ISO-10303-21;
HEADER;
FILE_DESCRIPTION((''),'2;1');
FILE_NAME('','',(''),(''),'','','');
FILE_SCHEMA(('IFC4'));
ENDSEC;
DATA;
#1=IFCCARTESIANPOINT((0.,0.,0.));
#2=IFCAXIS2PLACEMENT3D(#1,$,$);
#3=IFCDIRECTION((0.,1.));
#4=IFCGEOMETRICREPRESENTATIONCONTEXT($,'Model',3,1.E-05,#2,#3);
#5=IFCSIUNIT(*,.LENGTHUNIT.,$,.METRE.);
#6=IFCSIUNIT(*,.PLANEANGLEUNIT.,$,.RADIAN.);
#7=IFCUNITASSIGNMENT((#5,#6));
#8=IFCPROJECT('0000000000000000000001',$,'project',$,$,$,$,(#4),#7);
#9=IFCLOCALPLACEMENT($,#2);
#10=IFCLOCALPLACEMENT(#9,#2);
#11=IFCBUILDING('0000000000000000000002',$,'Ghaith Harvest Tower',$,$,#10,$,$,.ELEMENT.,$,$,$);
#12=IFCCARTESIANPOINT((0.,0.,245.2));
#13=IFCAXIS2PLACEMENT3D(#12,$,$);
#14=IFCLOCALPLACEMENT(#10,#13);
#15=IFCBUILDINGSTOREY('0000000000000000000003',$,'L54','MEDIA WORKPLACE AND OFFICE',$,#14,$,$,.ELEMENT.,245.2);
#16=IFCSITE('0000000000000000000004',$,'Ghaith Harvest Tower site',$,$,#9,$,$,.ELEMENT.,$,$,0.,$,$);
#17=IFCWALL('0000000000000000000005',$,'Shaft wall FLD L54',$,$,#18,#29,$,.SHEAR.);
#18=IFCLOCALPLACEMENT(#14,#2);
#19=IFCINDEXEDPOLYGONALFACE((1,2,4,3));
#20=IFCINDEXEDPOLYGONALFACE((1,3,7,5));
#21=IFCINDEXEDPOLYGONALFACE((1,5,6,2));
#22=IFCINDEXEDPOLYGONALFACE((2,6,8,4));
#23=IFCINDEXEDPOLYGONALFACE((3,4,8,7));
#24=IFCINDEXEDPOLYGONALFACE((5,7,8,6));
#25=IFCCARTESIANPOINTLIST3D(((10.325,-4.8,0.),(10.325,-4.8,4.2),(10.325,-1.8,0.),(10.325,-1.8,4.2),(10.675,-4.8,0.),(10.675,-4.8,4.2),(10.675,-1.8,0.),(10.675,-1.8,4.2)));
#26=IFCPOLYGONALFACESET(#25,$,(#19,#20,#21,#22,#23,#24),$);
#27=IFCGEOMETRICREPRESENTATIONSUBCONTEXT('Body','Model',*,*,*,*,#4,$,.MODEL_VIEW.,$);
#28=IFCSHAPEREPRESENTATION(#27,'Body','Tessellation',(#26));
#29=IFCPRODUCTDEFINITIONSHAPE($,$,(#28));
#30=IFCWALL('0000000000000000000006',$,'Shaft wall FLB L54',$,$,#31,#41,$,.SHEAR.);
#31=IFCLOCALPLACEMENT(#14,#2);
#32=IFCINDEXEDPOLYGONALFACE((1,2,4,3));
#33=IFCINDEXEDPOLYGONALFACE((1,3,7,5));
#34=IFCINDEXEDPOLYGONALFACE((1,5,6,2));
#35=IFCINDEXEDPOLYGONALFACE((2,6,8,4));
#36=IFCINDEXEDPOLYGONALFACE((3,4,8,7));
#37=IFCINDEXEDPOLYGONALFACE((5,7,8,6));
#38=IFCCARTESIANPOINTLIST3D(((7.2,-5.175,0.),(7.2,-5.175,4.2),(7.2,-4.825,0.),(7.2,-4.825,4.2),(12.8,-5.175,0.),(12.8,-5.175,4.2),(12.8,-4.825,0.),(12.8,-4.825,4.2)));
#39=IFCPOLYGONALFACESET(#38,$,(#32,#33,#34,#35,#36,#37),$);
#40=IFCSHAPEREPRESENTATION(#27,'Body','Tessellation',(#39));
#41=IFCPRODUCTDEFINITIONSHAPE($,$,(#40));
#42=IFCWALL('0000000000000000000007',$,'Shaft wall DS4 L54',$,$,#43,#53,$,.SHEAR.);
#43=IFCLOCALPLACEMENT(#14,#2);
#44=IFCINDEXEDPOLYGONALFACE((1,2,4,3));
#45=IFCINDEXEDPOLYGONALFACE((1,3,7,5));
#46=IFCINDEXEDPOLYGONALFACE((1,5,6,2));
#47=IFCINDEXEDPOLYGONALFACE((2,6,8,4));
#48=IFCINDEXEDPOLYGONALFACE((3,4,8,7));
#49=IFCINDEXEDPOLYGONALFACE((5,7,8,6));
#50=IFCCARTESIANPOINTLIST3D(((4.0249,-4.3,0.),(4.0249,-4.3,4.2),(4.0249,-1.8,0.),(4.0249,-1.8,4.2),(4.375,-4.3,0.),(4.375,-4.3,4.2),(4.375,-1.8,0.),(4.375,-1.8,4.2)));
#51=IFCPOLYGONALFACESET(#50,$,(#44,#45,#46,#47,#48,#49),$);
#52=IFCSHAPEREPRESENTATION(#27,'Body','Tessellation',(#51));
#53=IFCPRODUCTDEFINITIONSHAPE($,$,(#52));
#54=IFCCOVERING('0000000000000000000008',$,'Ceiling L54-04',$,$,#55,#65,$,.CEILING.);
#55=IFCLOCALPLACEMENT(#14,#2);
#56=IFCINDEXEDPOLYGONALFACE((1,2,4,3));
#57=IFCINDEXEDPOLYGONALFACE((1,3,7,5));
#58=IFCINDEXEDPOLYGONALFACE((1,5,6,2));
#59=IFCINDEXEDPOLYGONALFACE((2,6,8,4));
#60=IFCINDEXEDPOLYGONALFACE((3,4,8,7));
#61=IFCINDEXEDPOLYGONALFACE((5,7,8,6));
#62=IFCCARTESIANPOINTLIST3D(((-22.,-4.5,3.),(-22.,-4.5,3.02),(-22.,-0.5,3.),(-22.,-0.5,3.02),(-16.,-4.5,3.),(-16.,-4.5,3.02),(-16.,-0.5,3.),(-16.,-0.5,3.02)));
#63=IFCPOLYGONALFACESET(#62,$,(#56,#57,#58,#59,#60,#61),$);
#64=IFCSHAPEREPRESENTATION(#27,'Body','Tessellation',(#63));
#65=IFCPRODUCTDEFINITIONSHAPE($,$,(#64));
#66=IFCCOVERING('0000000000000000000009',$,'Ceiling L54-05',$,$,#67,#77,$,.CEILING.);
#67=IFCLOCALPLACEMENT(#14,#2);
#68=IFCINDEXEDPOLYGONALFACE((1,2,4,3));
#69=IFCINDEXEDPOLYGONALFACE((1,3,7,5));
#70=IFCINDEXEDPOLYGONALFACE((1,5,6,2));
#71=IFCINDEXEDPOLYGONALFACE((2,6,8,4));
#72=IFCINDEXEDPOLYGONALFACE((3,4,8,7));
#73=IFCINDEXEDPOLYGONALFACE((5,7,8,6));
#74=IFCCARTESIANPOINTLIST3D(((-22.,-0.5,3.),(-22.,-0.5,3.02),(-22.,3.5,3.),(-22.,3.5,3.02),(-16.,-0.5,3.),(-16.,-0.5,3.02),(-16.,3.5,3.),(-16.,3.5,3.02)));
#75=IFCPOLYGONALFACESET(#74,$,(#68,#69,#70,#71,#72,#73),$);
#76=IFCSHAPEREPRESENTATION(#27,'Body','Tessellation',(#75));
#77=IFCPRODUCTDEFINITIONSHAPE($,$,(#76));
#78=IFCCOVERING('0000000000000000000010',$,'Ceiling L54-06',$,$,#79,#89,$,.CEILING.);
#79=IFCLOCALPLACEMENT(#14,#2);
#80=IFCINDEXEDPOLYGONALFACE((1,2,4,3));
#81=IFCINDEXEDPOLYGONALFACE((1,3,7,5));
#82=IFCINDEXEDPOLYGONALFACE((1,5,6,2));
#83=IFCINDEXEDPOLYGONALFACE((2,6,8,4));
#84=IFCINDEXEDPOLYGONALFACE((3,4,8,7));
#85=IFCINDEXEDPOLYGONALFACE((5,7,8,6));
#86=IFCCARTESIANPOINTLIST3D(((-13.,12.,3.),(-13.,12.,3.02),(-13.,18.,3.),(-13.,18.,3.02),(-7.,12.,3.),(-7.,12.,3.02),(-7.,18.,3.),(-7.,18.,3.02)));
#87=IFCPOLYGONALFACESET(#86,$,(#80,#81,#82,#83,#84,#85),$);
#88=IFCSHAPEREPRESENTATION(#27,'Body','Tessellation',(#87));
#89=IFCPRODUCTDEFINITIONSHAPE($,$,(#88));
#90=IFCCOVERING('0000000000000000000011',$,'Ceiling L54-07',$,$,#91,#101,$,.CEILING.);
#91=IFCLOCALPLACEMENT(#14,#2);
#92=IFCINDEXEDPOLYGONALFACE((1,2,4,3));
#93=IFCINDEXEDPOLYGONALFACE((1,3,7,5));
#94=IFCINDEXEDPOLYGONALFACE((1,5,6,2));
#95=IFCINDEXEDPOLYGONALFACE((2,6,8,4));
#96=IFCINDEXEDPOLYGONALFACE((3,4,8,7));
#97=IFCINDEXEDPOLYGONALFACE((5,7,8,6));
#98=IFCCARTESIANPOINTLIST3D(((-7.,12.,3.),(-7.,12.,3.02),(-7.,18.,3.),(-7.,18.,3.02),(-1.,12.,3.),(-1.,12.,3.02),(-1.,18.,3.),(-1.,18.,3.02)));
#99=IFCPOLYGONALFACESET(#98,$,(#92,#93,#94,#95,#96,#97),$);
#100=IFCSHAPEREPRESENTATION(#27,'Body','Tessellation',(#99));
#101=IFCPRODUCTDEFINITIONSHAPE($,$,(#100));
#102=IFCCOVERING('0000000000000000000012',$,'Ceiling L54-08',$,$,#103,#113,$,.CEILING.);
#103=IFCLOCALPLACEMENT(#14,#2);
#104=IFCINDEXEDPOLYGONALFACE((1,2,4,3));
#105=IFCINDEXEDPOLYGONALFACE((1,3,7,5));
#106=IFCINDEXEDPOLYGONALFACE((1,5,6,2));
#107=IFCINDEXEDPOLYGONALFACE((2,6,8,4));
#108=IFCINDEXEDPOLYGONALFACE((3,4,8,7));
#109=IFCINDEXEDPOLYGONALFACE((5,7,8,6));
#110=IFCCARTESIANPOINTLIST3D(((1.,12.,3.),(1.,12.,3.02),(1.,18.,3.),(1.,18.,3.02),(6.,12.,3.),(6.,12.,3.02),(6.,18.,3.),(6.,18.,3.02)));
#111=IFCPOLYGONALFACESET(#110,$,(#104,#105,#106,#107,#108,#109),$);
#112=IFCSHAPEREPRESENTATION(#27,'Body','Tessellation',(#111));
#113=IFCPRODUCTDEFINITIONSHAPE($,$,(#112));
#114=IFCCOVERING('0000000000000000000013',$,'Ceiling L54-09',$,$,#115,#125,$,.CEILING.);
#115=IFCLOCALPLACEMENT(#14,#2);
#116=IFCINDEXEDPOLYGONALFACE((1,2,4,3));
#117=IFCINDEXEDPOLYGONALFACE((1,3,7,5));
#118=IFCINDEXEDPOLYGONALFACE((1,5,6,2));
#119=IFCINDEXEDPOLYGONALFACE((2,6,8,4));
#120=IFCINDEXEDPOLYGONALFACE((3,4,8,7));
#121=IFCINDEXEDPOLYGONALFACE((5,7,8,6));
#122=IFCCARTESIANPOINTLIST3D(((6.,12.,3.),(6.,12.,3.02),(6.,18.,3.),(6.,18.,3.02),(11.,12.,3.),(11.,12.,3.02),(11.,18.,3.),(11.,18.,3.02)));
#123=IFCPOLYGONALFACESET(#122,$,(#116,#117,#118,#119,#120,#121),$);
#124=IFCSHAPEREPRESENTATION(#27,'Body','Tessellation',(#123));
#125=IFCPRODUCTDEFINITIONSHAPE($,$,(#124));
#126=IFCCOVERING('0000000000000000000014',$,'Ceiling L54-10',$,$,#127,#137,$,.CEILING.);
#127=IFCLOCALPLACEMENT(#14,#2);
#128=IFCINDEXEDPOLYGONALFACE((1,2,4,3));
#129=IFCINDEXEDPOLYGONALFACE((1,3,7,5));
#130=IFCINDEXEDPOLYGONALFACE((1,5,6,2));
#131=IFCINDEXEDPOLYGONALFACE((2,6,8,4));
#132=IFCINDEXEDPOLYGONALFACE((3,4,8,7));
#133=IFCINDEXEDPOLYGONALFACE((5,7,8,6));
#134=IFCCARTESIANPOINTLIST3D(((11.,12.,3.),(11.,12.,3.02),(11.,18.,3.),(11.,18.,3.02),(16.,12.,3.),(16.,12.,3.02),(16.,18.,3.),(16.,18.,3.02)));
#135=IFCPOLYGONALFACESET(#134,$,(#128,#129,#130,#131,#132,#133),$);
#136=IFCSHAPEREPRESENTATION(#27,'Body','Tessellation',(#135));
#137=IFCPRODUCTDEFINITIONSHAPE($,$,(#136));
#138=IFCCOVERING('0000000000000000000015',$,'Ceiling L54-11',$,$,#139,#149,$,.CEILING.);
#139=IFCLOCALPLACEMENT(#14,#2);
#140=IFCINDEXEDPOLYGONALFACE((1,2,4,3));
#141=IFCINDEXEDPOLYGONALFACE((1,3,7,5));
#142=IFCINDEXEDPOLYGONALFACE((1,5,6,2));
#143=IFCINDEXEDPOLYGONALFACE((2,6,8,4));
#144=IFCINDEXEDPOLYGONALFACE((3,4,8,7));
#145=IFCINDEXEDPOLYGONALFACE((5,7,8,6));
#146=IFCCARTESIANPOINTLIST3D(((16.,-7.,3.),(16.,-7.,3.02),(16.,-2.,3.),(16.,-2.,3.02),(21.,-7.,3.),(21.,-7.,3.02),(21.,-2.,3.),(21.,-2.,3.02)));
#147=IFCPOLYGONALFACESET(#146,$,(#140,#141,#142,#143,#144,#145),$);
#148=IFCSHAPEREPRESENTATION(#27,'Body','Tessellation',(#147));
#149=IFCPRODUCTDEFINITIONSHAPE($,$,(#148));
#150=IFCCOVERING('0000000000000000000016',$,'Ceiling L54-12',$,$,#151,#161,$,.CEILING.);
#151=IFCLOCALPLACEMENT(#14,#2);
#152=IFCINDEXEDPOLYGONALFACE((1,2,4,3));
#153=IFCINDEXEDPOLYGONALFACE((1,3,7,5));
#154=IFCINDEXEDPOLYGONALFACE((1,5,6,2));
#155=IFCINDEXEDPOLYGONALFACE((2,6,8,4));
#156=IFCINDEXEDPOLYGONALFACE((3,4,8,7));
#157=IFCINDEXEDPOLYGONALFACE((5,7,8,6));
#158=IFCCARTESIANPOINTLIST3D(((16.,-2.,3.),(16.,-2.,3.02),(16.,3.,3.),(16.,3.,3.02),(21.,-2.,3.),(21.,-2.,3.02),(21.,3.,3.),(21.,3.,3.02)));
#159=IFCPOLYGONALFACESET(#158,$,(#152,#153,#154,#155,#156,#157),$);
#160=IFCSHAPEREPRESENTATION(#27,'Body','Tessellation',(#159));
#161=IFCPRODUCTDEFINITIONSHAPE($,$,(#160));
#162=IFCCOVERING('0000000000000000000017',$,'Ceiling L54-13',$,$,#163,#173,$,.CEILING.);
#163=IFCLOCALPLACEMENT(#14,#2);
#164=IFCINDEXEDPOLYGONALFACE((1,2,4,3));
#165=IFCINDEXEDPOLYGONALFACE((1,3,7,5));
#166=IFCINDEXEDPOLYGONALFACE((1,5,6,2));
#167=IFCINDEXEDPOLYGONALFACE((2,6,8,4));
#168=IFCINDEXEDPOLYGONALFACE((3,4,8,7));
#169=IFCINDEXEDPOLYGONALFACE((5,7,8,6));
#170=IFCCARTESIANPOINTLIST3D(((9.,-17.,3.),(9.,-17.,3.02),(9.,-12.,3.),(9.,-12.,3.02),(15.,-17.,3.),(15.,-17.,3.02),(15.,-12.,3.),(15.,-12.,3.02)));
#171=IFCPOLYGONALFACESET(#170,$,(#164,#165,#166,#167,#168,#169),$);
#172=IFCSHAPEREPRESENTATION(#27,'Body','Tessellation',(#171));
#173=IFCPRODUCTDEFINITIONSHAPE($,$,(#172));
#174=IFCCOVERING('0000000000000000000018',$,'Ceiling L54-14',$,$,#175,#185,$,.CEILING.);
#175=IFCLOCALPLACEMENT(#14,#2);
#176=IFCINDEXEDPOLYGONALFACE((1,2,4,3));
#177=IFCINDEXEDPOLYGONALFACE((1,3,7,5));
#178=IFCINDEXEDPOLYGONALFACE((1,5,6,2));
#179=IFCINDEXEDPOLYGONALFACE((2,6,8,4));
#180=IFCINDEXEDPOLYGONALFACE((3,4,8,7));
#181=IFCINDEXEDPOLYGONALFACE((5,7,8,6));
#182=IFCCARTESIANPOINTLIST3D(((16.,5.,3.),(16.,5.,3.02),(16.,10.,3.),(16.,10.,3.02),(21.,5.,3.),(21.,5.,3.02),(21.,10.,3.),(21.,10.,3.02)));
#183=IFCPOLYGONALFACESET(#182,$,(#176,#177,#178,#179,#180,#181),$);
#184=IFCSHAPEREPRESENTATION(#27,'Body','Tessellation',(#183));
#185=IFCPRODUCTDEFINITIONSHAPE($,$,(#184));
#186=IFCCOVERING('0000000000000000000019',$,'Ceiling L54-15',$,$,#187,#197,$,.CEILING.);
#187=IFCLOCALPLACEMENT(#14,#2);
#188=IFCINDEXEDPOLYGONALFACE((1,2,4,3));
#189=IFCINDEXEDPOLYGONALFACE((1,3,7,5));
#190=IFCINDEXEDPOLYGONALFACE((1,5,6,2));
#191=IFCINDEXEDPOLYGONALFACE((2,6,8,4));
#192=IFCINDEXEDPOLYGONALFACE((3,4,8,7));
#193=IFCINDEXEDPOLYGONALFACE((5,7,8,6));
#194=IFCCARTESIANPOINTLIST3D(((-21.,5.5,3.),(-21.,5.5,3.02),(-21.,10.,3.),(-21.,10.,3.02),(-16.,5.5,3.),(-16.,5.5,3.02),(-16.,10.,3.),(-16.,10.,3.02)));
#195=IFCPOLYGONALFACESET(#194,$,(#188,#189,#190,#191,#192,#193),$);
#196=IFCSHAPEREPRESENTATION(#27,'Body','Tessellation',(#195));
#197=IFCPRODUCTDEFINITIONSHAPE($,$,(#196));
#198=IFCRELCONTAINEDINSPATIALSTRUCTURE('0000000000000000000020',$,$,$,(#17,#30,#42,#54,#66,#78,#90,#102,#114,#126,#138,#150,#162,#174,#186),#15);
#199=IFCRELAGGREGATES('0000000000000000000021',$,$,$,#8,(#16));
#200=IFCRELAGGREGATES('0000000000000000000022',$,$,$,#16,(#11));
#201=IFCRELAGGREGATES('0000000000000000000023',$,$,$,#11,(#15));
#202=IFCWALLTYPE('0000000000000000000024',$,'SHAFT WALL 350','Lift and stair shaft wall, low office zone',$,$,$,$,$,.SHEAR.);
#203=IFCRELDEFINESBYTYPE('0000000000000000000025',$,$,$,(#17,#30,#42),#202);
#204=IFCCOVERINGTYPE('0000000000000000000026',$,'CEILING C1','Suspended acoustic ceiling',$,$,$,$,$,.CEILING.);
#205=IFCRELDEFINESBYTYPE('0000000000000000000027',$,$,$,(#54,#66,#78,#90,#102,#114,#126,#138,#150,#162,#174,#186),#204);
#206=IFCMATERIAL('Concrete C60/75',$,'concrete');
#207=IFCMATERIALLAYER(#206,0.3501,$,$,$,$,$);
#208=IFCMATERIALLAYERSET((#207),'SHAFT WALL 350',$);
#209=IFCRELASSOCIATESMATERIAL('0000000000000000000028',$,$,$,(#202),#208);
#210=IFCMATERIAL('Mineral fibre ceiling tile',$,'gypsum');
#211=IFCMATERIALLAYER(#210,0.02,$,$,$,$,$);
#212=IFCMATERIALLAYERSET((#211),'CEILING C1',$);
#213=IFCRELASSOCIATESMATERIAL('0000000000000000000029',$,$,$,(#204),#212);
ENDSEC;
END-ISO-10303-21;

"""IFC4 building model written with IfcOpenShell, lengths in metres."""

from ifc_helpers import new_model, si_unit, direction, frame, frame_2d, origin, place, context, subcontext, project, spatial, polyline, rectangle, outline, extrude, material, layer, layer_set, type_object, element, save


model = new_model("IFC4")

# Units and contexts
model_context = context("Model", 3, precision=1e-05, world=origin(), true_north=direction((0.0, 1.0)))
body_context = subcontext(model_context, "Body", "Model", "MODEL_VIEW")
ifc_project = project(units=[si_unit("LENGTHUNIT", "METRE"), si_unit("PLANEANGLEUNIT", "RADIAN")], contexts=[model_context])

# Site, building, storey
site_placement = place(None, origin())
site = spatial("IfcSite", under=ifc_project, at=site_placement, Name="Ghaith Harvest Tower site", CompositionType="ELEMENT", RefElevation=0.0)
building_placement = place(site_placement, origin())
building = spatial("IfcBuilding", under=site, at=building_placement, Name="Ghaith Harvest Tower", CompositionType="ELEMENT")
storey_placement = place(building_placement, frame((0.0, 0.0, 245.2)))
storey = spatial("IfcBuildingStorey", under=building, at=storey_placement, Name="L54", Description="MEDIA WORKPLACE AND OFFICE", CompositionType="ELEMENT", Elevation=245.2)

# Shared definitions
ifc_material_1 = material(Name="Concrete C60/75", Category="concrete")
ifc_layer_1 = layer(ifc_material_1, 0.3501)
ifc_layer_set_1 = layer_set([ifc_layer_1], Name="SHAFT WALL 350")
wall_type_1 = type_object("IfcWallType", Name="SHAFT WALL 350", Description="Lift and stair shaft wall, low office zone", PredefinedType="SHEAR", material=ifc_layer_set_1)

# Walls
wall_1_placement = place(storey_placement, frame((10.5, -4.8, 0.0), z_axis=(0.0, 0.0, 1.0), x_axis=(0.0, 1.0, 0.0)))
element("IfcWall", 1, at=wall_1_placement, inside=storey, type_object=wall_type_1, Name="Shaft wall FLD L54", PredefinedType="SHEAR", context=body_context, shape_type="SweptSolid", body=[
    extrude(rectangle(XDim=3.0, YDim=0.3501, at=frame_2d((1.5, 0.0))), origin(), (0.0, 0.0, 1.0), 4.2),
])
wall_2_placement = place(storey_placement, frame((7.2, -5.0, 0.0), z_axis=(0.0, 0.0, 1.0), x_axis=(1.0, 0.0, 0.0)))
element("IfcWall", 2, at=wall_2_placement, inside=storey, type_object=wall_type_1, Name="Shaft wall FLB L54", PredefinedType="SHEAR", context=body_context, shape_type="SweptSolid", body=[
    extrude(rectangle(XDim=5.6001, YDim=0.3501, at=frame_2d((2.8, 0.0))), origin(), (0.0, 0.0, 1.0), 4.2),
])
wall_3_placement = place(storey_placement, frame((4.2, -4.3, 0.0), z_axis=(0.0, 0.0, 1.0), x_axis=(0.0, 1.0, 0.0)))
element("IfcWall", 3, at=wall_3_placement, inside=storey, type_object=wall_type_1, Name="Shaft wall DS4 L54", PredefinedType="SHEAR", context=body_context, shape_type="SweptSolid", body=[
    extrude(rectangle(XDim=2.5, YDim=0.3501, at=frame_2d((1.25, 0.0))), origin(), (0.0, 0.0, 1.0), 4.2),
])

# Coverings
ifc_material_2 = material(Name="Mineral fibre ceiling tile", Category="gypsum")
ifc_layer_2 = layer(ifc_material_2, 0.02)
ifc_layer_set_2 = layer_set([ifc_layer_2], Name="CEILING C1")
covering_type = type_object("IfcCoveringType", Name="CEILING C1", Description="Suspended acoustic ceiling", PredefinedType="CEILING", material=ifc_layer_set_2)
covering_1_placement = place(storey_placement, frame((0.0, 0.0, 3.0)))
element("IfcCovering", 4, at=covering_1_placement, inside=storey, type_object=covering_type, Name="Ceiling L54-04", PredefinedType="CEILING", context=body_context, shape_type="SweptSolid", body=[
    extrude(outline(polyline([(-22.0, -4.5), (-16.0, -4.5), (-16.0, -0.5), (-22.0, -0.5), (-22.0, -4.5)])), origin(), (0.0, 0.0, 1.0), 0.02),
])
covering_2_placement = place(storey_placement, frame((0.0, 0.0, 3.0)))
element("IfcCovering", 5, at=covering_2_placement, inside=storey, type_object=covering_type, Name="Ceiling L54-05", PredefinedType="CEILING", context=body_context, shape_type="SweptSolid", body=[
    extrude(outline(polyline([(-22.0, -0.5), (-16.0, -0.5), (-16.0, 3.5), (-22.0, 3.5), (-22.0, -0.5)])), origin(), (0.0, 0.0, 1.0), 0.02),
])
covering_3_placement = place(storey_placement, frame((0.0, 0.0, 3.0)))
element("IfcCovering", 6, at=covering_3_placement, inside=storey, type_object=covering_type, Name="Ceiling L54-06", PredefinedType="CEILING", context=body_context, shape_type="SweptSolid", body=[
    extrude(outline(polyline([(-13.0, 12.0), (-7.0, 12.0), (-7.0, 18.0), (-13.0, 18.0), (-13.0, 12.0)])), origin(), (0.0, 0.0, 1.0), 0.02),
])
covering_4_placement = place(storey_placement, frame((0.0, 0.0, 3.0)))
element("IfcCovering", 7, at=covering_4_placement, inside=storey, type_object=covering_type, Name="Ceiling L54-07", PredefinedType="CEILING", context=body_context, shape_type="SweptSolid", body=[
    extrude(outline(polyline([(-7.0, 12.0), (-1.0, 12.0), (-1.0, 18.0), (-7.0, 18.0), (-7.0, 12.0)])), origin(), (0.0, 0.0, 1.0), 0.02),
])
covering_5_placement = place(storey_placement, frame((0.0, 0.0, 3.0)))
element("IfcCovering", 8, at=covering_5_placement, inside=storey, type_object=covering_type, Name="Ceiling L54-08", PredefinedType="CEILING", context=body_context, shape_type="SweptSolid", body=[
    extrude(outline(polyline([(1.0, 12.0), (6.0, 12.0), (6.0, 18.0), (1.0, 18.0), (1.0, 12.0)])), origin(), (0.0, 0.0, 1.0), 0.02),
])
covering_6_placement = place(storey_placement, frame((0.0, 0.0, 3.0)))
element("IfcCovering", 9, at=covering_6_placement, inside=storey, type_object=covering_type, Name="Ceiling L54-09", PredefinedType="CEILING", context=body_context, shape_type="SweptSolid", body=[
    extrude(outline(polyline([(6.0, 12.0), (11.0, 12.0), (11.0, 18.0), (6.0, 18.0), (6.0, 12.0)])), origin(), (0.0, 0.0, 1.0), 0.02),
])
covering_7_placement = place(storey_placement, frame((0.0, 0.0, 3.0)))
element("IfcCovering", 10, at=covering_7_placement, inside=storey, type_object=covering_type, Name="Ceiling L54-10", PredefinedType="CEILING", context=body_context, shape_type="SweptSolid", body=[
    extrude(outline(polyline([(11.0, 12.0), (16.0, 12.0), (16.0, 18.0), (11.0, 18.0), (11.0, 12.0)])), origin(), (0.0, 0.0, 1.0), 0.02),
])
covering_8_placement = place(storey_placement, frame((0.0, 0.0, 3.0)))
element("IfcCovering", 11, at=covering_8_placement, inside=storey, type_object=covering_type, Name="Ceiling L54-11", PredefinedType="CEILING", context=body_context, shape_type="SweptSolid", body=[
    extrude(outline(polyline([(16.0, -7.0), (21.0, -7.0), (21.0, -2.0), (16.0, -2.0), (16.0, -7.0)])), origin(), (0.0, 0.0, 1.0), 0.02),
])
covering_9_placement = place(storey_placement, frame((0.0, 0.0, 3.0)))
element("IfcCovering", 12, at=covering_9_placement, inside=storey, type_object=covering_type, Name="Ceiling L54-12", PredefinedType="CEILING", context=body_context, shape_type="SweptSolid", body=[
    extrude(outline(polyline([(16.0, -2.0), (21.0, -2.0), (21.0, 3.0), (16.0, 3.0), (16.0, -2.0)])), origin(), (0.0, 0.0, 1.0), 0.02),
])
covering_10_placement = place(storey_placement, frame((0.0, 0.0, 3.0)))
element("IfcCovering", 13, at=covering_10_placement, inside=storey, type_object=covering_type, Name="Ceiling L54-13", PredefinedType="CEILING", context=body_context, shape_type="SweptSolid", body=[
    extrude(outline(polyline([(9.0, -17.0), (15.0, -17.0), (15.0, -12.0), (9.0, -12.0), (9.0, -17.0)])), origin(), (0.0, 0.0, 1.0), 0.02),
])
covering_11_placement = place(storey_placement, frame((0.0, 0.0, 3.0)))
element("IfcCovering", 14, at=covering_11_placement, inside=storey, type_object=covering_type, Name="Ceiling L54-14", PredefinedType="CEILING", context=body_context, shape_type="SweptSolid", body=[
    extrude(outline(polyline([(16.0, 5.0), (21.0, 5.0), (21.0, 10.0), (16.0, 10.0), (16.0, 5.0)])), origin(), (0.0, 0.0, 1.0), 0.02),
])
covering_12_placement = place(storey_placement, frame((0.0, 0.0, 3.0)))
element("IfcCovering", 15, at=covering_12_placement, inside=storey, type_object=covering_type, Name="Ceiling L54-15", PredefinedType="CEILING", context=body_context, shape_type="SweptSolid", body=[
    extrude(outline(polyline([(-21.0, 5.5), (-16.0, 5.5), (-16.0, 10.0), (-21.0, 10.0), (-21.0, 5.5)])), origin(), (0.0, 0.0, 1.0), 0.02),
])

save(model, "model.ifc")
